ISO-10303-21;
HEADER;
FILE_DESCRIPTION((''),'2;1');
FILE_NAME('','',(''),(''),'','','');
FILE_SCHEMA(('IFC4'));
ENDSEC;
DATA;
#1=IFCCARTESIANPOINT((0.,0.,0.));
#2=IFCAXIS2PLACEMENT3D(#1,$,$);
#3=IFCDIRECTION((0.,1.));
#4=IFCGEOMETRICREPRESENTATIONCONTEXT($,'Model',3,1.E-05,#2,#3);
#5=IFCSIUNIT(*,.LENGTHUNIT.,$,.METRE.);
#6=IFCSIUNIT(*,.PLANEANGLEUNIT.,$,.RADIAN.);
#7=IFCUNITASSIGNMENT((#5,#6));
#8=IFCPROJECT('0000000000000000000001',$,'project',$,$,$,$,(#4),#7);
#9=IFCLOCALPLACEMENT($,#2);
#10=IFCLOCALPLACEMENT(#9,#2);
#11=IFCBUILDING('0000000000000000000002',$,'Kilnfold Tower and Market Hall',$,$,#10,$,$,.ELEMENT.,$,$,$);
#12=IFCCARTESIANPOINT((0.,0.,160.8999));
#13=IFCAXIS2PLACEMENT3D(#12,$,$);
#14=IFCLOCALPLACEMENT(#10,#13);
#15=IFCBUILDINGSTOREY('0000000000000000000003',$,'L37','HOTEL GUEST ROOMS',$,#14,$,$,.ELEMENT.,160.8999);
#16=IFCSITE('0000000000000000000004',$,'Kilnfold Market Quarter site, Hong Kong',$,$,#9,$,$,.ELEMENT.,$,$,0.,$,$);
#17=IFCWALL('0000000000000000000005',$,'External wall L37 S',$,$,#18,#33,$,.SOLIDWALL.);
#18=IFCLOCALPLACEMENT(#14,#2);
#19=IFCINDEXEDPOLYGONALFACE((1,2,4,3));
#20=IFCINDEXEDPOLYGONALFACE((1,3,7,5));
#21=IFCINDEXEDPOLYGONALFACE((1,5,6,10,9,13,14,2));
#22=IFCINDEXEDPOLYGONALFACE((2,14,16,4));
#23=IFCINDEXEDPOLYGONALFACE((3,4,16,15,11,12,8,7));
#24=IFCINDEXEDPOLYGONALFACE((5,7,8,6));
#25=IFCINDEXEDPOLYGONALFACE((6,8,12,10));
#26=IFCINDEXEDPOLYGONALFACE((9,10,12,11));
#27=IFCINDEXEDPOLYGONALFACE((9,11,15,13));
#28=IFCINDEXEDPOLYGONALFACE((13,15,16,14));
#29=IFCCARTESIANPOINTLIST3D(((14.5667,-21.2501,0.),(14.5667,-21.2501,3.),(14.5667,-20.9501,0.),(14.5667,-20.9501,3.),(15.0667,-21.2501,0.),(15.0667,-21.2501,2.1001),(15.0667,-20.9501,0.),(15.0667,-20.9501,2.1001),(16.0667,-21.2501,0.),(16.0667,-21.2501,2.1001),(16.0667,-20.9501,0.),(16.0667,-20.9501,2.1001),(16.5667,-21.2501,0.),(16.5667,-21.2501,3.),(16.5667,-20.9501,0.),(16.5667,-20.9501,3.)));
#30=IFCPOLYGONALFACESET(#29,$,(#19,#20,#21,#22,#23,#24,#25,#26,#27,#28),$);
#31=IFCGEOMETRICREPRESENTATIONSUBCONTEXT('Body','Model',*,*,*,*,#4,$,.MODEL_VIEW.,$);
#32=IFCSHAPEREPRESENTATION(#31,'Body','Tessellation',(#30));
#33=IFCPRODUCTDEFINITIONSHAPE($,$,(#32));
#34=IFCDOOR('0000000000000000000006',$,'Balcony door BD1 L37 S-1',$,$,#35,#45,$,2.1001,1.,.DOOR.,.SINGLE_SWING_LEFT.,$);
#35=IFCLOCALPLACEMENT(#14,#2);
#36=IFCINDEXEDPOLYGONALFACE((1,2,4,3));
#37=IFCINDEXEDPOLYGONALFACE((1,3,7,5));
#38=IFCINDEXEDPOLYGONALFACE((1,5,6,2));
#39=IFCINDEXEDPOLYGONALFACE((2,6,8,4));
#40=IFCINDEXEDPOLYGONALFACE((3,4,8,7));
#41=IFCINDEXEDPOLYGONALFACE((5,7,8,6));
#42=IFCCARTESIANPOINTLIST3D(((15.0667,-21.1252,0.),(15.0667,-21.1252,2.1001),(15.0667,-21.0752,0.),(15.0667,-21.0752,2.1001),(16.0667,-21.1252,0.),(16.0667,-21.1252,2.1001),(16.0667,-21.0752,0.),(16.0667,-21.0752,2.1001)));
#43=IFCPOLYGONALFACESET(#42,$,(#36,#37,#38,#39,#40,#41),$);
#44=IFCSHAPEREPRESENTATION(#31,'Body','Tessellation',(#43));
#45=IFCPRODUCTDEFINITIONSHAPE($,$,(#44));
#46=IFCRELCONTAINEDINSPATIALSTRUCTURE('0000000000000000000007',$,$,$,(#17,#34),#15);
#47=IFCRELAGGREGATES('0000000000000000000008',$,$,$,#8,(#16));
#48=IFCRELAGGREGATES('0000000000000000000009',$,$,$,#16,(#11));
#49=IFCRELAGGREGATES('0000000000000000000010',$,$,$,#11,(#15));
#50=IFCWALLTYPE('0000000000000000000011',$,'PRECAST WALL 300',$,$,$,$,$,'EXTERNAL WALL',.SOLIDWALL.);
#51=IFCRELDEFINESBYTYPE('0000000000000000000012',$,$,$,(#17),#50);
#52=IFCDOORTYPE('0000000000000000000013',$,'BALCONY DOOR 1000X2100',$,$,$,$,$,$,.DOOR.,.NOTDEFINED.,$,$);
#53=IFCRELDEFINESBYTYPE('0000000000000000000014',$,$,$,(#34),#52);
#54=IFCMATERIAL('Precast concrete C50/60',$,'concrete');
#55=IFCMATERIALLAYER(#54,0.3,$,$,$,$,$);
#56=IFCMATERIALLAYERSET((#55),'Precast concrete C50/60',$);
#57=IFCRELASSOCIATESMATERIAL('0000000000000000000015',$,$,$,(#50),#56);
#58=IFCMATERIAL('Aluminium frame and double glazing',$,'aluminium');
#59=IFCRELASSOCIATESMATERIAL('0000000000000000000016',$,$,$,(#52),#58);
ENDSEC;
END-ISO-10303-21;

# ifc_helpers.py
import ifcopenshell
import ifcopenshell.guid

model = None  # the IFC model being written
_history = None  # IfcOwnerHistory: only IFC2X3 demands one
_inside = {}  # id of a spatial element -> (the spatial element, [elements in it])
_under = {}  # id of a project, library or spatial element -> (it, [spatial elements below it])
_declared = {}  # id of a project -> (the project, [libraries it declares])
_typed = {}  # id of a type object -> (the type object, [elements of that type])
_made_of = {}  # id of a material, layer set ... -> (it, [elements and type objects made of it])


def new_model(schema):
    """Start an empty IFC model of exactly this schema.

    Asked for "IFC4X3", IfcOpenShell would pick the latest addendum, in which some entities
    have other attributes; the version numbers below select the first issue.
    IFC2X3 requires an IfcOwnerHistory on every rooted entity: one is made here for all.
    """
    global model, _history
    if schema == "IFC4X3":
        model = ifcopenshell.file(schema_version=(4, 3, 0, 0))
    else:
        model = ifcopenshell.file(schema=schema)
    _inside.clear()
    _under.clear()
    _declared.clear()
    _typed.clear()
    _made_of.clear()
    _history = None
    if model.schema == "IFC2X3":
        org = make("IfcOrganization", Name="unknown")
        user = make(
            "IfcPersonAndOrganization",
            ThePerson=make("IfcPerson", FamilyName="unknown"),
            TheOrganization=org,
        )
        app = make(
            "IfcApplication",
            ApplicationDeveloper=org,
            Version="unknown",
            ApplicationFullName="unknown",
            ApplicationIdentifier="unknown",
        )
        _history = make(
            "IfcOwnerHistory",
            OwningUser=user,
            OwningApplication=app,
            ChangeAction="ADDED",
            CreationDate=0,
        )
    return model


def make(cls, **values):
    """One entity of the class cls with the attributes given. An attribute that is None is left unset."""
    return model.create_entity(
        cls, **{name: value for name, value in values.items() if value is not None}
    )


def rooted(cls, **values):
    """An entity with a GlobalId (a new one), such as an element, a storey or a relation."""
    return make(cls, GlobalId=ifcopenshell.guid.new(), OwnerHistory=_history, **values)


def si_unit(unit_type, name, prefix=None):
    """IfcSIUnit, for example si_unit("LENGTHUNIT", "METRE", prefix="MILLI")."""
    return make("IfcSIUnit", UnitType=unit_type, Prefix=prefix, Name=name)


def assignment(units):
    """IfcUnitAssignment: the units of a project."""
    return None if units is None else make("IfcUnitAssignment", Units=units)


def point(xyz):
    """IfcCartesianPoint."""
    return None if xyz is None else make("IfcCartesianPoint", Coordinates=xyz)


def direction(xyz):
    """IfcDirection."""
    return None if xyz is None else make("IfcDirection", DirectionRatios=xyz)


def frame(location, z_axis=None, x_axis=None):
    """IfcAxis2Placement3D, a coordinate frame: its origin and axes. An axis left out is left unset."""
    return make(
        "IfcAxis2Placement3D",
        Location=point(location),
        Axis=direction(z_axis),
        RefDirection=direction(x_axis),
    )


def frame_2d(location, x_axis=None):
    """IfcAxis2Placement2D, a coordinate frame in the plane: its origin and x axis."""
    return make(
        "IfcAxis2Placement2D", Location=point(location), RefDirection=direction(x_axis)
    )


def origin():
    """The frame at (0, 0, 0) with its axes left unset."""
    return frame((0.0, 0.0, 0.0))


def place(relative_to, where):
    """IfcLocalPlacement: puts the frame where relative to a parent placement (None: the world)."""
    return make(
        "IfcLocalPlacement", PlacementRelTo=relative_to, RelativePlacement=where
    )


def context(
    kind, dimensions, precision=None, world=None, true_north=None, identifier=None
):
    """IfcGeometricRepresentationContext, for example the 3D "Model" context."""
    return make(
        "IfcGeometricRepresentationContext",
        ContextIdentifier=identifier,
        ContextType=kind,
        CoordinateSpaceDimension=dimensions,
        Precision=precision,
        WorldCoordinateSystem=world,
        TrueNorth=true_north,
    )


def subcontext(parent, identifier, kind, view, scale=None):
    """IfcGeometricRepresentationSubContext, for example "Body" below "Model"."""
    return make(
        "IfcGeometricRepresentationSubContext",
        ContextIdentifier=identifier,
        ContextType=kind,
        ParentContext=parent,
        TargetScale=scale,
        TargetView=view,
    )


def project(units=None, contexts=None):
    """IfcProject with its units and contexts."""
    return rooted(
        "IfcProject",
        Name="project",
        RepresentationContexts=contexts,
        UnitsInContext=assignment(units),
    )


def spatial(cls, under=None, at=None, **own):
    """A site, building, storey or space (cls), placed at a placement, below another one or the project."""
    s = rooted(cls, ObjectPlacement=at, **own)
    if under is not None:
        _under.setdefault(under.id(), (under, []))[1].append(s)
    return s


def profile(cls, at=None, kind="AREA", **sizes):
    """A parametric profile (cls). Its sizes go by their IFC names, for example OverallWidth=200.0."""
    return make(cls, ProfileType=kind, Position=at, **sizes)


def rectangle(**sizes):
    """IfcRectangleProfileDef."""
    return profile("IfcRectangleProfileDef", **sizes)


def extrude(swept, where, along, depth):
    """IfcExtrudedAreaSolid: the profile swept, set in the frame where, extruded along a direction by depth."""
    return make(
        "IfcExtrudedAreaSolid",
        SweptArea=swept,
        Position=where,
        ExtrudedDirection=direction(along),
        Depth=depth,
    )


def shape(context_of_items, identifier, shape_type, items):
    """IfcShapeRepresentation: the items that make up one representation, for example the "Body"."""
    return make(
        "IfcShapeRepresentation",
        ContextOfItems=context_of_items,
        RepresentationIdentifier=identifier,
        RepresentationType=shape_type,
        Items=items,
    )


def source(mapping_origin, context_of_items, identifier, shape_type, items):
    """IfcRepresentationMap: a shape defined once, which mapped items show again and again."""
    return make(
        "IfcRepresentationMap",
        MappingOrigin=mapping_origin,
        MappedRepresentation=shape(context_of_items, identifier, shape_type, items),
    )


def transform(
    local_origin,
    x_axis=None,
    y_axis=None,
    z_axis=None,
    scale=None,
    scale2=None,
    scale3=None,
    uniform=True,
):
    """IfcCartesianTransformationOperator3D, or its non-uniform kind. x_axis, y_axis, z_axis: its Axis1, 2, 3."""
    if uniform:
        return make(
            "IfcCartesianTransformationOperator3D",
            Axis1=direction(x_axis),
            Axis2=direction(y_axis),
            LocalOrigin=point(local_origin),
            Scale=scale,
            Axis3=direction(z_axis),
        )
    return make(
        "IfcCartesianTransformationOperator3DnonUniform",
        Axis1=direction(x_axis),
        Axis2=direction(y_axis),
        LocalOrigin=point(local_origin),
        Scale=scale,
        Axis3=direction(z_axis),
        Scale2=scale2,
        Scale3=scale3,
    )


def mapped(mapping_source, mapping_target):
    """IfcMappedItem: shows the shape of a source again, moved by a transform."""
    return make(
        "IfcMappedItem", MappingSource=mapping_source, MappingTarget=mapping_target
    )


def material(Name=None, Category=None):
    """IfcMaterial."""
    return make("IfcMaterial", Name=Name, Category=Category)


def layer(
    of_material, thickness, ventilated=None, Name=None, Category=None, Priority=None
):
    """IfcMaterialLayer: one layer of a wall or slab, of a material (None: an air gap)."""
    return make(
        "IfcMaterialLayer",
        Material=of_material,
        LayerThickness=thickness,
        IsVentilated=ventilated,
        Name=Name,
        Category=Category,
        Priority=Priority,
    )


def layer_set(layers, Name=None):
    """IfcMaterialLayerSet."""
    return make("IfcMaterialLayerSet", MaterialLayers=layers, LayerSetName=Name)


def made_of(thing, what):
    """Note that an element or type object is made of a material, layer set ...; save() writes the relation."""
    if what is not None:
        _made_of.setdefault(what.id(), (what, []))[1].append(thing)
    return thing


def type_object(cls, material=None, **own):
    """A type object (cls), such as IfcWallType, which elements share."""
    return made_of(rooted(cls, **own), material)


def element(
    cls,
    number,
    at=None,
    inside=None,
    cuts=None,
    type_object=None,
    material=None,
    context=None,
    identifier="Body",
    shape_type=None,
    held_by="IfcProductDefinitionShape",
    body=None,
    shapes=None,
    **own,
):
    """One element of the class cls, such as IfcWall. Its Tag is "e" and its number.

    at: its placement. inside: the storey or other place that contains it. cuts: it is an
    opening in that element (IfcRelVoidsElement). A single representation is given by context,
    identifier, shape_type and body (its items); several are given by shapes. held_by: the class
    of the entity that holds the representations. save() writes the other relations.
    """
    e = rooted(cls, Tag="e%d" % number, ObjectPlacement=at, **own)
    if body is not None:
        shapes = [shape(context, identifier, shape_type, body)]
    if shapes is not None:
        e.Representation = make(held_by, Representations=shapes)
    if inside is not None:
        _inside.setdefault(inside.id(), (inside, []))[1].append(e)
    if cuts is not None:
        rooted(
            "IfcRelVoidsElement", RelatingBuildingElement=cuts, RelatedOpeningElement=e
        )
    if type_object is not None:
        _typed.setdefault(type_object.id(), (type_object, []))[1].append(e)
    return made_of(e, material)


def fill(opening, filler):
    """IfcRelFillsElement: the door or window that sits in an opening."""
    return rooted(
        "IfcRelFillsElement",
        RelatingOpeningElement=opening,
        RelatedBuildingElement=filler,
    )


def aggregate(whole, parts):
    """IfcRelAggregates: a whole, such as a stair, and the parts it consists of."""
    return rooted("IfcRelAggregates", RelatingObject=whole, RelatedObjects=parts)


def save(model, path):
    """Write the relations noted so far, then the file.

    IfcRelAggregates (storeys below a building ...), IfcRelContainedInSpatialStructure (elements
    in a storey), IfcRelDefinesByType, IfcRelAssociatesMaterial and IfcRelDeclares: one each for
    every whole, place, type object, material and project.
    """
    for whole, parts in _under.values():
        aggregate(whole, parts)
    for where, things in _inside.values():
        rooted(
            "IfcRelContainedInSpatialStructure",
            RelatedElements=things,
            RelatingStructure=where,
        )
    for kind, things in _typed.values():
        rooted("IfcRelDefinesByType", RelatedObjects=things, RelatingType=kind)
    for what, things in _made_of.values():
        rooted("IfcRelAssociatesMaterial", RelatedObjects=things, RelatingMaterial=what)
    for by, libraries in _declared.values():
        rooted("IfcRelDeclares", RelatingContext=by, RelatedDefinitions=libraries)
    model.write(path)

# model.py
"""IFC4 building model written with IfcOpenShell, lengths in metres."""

from ifc_helpers import new_model, si_unit, direction, frame, frame_2d, origin, place, context, subcontext, project, spatial, rectangle, extrude, source, transform, mapped, material, layer, layer_set, type_object, element, fill, save


model = new_model("IFC4")

# Units and contexts
model_context = context("Model", 3, precision=1e-05, world=origin(), true_north=direction((0.0, 1.0)))
body_context = subcontext(model_context, "Body", "Model", "MODEL_VIEW")
ifc_project = project(units=[si_unit("LENGTHUNIT", "METRE"), si_unit("PLANEANGLEUNIT", "RADIAN")], contexts=[model_context])

# Site, building, storey
site_placement = place(None, origin())
site = spatial("IfcSite", under=ifc_project, at=site_placement, Name="Kilnfold Market Quarter site, Hong Kong", CompositionType="ELEMENT", RefElevation=0.0)
building_placement = place(site_placement, origin())
building = spatial("IfcBuilding", under=site, at=building_placement, Name="Kilnfold Tower and Market Hall", CompositionType="ELEMENT")
storey_placement = place(building_placement, frame((0.0, 0.0, 160.8999)))
storey = spatial("IfcBuildingStorey", under=building, at=storey_placement, Name="L37", Description="HOTEL GUEST ROOMS", CompositionType="ELEMENT", Elevation=160.8999)

# Wall, opening, door
ifc_material_1 = material(Name="Precast concrete C50/60", Category="concrete")
ifc_layer_1 = layer(ifc_material_1, 0.3)
ifc_layer_set_1 = layer_set([ifc_layer_1], Name="Precast concrete C50/60")
wall_type_1 = type_object("IfcWallType", Name="PRECAST WALL 300", ElementType="EXTERNAL WALL", PredefinedType="SOLIDWALL", material=ifc_layer_set_1)
shared_shape_1 = source(origin(), body_context, "Body", "SweptSolid", [
    extrude(rectangle(XDim=2.0, YDim=0.3, at=frame_2d((1.0, 0.0))), origin(), (0.0, 0.0, 1.0), 3.0),
])
ifc_material_2 = material(Name="Aluminium frame and double glazing", Category="aluminium")
door_type = type_object("IfcDoorType", Name="BALCONY DOOR 1000X2100", OperationType="NOTDEFINED", PredefinedType="DOOR", material=ifc_material_2)
wall_1_placement = place(storey_placement, frame((14.5667, -21.1001, 0.0), z_axis=(0.0, 0.0, 1.0), x_axis=(1.0, 0.0, 0.0)))
wall_1 = element("IfcWall", 1, at=wall_1_placement, inside=storey, type_object=wall_type_1, Name="External wall L37 S", PredefinedType="SOLIDWALL", context=body_context, shape_type="MappedRepresentation", body=[
    mapped(shared_shape_1, transform((0.0, 0.0, 0.0))),
])
opening_1_placement = place(wall_1_placement, frame((0.5, 0.0, 0.0)))
opening_1 = element("IfcOpeningElement", 2, at=opening_1_placement, cuts=wall_1, PredefinedType="OPENING", context=body_context, shape_type="SweptSolid", body=[
    extrude(rectangle(XDim=1.0, YDim=2.1001, at=frame_2d((0.5, 1.05))), frame((0.0, 0.1602, 0.0), z_axis=(0.0, -1.0, 0.0), x_axis=(1.0, 0.0, 0.0)), (0.0, 0.0, 1.0), 0.3201),
])
door_1_placement = place(opening_1_placement, origin())
door_1 = element("IfcDoor", 3, at=door_1_placement, inside=storey, type_object=door_type, Name="Balcony door BD1 L37 S-1", OperationType="SINGLE_SWING_LEFT", OverallHeight=2.1001, OverallWidth=1.0, PredefinedType="DOOR", context=body_context, shape_type="SweptSolid", body=[
    extrude(rectangle(XDim=1.0, YDim=2.1001, at=frame_2d((0.5, 1.05))), frame((0.0, 0.0249, 0.0), z_axis=(0.0, -1.0, 0.0), x_axis=(1.0, 0.0, 0.0)), (0.0, 0.0, 1.0), 0.05),
])
fill(opening_1, door_1)

save(model, "model.ifc")
